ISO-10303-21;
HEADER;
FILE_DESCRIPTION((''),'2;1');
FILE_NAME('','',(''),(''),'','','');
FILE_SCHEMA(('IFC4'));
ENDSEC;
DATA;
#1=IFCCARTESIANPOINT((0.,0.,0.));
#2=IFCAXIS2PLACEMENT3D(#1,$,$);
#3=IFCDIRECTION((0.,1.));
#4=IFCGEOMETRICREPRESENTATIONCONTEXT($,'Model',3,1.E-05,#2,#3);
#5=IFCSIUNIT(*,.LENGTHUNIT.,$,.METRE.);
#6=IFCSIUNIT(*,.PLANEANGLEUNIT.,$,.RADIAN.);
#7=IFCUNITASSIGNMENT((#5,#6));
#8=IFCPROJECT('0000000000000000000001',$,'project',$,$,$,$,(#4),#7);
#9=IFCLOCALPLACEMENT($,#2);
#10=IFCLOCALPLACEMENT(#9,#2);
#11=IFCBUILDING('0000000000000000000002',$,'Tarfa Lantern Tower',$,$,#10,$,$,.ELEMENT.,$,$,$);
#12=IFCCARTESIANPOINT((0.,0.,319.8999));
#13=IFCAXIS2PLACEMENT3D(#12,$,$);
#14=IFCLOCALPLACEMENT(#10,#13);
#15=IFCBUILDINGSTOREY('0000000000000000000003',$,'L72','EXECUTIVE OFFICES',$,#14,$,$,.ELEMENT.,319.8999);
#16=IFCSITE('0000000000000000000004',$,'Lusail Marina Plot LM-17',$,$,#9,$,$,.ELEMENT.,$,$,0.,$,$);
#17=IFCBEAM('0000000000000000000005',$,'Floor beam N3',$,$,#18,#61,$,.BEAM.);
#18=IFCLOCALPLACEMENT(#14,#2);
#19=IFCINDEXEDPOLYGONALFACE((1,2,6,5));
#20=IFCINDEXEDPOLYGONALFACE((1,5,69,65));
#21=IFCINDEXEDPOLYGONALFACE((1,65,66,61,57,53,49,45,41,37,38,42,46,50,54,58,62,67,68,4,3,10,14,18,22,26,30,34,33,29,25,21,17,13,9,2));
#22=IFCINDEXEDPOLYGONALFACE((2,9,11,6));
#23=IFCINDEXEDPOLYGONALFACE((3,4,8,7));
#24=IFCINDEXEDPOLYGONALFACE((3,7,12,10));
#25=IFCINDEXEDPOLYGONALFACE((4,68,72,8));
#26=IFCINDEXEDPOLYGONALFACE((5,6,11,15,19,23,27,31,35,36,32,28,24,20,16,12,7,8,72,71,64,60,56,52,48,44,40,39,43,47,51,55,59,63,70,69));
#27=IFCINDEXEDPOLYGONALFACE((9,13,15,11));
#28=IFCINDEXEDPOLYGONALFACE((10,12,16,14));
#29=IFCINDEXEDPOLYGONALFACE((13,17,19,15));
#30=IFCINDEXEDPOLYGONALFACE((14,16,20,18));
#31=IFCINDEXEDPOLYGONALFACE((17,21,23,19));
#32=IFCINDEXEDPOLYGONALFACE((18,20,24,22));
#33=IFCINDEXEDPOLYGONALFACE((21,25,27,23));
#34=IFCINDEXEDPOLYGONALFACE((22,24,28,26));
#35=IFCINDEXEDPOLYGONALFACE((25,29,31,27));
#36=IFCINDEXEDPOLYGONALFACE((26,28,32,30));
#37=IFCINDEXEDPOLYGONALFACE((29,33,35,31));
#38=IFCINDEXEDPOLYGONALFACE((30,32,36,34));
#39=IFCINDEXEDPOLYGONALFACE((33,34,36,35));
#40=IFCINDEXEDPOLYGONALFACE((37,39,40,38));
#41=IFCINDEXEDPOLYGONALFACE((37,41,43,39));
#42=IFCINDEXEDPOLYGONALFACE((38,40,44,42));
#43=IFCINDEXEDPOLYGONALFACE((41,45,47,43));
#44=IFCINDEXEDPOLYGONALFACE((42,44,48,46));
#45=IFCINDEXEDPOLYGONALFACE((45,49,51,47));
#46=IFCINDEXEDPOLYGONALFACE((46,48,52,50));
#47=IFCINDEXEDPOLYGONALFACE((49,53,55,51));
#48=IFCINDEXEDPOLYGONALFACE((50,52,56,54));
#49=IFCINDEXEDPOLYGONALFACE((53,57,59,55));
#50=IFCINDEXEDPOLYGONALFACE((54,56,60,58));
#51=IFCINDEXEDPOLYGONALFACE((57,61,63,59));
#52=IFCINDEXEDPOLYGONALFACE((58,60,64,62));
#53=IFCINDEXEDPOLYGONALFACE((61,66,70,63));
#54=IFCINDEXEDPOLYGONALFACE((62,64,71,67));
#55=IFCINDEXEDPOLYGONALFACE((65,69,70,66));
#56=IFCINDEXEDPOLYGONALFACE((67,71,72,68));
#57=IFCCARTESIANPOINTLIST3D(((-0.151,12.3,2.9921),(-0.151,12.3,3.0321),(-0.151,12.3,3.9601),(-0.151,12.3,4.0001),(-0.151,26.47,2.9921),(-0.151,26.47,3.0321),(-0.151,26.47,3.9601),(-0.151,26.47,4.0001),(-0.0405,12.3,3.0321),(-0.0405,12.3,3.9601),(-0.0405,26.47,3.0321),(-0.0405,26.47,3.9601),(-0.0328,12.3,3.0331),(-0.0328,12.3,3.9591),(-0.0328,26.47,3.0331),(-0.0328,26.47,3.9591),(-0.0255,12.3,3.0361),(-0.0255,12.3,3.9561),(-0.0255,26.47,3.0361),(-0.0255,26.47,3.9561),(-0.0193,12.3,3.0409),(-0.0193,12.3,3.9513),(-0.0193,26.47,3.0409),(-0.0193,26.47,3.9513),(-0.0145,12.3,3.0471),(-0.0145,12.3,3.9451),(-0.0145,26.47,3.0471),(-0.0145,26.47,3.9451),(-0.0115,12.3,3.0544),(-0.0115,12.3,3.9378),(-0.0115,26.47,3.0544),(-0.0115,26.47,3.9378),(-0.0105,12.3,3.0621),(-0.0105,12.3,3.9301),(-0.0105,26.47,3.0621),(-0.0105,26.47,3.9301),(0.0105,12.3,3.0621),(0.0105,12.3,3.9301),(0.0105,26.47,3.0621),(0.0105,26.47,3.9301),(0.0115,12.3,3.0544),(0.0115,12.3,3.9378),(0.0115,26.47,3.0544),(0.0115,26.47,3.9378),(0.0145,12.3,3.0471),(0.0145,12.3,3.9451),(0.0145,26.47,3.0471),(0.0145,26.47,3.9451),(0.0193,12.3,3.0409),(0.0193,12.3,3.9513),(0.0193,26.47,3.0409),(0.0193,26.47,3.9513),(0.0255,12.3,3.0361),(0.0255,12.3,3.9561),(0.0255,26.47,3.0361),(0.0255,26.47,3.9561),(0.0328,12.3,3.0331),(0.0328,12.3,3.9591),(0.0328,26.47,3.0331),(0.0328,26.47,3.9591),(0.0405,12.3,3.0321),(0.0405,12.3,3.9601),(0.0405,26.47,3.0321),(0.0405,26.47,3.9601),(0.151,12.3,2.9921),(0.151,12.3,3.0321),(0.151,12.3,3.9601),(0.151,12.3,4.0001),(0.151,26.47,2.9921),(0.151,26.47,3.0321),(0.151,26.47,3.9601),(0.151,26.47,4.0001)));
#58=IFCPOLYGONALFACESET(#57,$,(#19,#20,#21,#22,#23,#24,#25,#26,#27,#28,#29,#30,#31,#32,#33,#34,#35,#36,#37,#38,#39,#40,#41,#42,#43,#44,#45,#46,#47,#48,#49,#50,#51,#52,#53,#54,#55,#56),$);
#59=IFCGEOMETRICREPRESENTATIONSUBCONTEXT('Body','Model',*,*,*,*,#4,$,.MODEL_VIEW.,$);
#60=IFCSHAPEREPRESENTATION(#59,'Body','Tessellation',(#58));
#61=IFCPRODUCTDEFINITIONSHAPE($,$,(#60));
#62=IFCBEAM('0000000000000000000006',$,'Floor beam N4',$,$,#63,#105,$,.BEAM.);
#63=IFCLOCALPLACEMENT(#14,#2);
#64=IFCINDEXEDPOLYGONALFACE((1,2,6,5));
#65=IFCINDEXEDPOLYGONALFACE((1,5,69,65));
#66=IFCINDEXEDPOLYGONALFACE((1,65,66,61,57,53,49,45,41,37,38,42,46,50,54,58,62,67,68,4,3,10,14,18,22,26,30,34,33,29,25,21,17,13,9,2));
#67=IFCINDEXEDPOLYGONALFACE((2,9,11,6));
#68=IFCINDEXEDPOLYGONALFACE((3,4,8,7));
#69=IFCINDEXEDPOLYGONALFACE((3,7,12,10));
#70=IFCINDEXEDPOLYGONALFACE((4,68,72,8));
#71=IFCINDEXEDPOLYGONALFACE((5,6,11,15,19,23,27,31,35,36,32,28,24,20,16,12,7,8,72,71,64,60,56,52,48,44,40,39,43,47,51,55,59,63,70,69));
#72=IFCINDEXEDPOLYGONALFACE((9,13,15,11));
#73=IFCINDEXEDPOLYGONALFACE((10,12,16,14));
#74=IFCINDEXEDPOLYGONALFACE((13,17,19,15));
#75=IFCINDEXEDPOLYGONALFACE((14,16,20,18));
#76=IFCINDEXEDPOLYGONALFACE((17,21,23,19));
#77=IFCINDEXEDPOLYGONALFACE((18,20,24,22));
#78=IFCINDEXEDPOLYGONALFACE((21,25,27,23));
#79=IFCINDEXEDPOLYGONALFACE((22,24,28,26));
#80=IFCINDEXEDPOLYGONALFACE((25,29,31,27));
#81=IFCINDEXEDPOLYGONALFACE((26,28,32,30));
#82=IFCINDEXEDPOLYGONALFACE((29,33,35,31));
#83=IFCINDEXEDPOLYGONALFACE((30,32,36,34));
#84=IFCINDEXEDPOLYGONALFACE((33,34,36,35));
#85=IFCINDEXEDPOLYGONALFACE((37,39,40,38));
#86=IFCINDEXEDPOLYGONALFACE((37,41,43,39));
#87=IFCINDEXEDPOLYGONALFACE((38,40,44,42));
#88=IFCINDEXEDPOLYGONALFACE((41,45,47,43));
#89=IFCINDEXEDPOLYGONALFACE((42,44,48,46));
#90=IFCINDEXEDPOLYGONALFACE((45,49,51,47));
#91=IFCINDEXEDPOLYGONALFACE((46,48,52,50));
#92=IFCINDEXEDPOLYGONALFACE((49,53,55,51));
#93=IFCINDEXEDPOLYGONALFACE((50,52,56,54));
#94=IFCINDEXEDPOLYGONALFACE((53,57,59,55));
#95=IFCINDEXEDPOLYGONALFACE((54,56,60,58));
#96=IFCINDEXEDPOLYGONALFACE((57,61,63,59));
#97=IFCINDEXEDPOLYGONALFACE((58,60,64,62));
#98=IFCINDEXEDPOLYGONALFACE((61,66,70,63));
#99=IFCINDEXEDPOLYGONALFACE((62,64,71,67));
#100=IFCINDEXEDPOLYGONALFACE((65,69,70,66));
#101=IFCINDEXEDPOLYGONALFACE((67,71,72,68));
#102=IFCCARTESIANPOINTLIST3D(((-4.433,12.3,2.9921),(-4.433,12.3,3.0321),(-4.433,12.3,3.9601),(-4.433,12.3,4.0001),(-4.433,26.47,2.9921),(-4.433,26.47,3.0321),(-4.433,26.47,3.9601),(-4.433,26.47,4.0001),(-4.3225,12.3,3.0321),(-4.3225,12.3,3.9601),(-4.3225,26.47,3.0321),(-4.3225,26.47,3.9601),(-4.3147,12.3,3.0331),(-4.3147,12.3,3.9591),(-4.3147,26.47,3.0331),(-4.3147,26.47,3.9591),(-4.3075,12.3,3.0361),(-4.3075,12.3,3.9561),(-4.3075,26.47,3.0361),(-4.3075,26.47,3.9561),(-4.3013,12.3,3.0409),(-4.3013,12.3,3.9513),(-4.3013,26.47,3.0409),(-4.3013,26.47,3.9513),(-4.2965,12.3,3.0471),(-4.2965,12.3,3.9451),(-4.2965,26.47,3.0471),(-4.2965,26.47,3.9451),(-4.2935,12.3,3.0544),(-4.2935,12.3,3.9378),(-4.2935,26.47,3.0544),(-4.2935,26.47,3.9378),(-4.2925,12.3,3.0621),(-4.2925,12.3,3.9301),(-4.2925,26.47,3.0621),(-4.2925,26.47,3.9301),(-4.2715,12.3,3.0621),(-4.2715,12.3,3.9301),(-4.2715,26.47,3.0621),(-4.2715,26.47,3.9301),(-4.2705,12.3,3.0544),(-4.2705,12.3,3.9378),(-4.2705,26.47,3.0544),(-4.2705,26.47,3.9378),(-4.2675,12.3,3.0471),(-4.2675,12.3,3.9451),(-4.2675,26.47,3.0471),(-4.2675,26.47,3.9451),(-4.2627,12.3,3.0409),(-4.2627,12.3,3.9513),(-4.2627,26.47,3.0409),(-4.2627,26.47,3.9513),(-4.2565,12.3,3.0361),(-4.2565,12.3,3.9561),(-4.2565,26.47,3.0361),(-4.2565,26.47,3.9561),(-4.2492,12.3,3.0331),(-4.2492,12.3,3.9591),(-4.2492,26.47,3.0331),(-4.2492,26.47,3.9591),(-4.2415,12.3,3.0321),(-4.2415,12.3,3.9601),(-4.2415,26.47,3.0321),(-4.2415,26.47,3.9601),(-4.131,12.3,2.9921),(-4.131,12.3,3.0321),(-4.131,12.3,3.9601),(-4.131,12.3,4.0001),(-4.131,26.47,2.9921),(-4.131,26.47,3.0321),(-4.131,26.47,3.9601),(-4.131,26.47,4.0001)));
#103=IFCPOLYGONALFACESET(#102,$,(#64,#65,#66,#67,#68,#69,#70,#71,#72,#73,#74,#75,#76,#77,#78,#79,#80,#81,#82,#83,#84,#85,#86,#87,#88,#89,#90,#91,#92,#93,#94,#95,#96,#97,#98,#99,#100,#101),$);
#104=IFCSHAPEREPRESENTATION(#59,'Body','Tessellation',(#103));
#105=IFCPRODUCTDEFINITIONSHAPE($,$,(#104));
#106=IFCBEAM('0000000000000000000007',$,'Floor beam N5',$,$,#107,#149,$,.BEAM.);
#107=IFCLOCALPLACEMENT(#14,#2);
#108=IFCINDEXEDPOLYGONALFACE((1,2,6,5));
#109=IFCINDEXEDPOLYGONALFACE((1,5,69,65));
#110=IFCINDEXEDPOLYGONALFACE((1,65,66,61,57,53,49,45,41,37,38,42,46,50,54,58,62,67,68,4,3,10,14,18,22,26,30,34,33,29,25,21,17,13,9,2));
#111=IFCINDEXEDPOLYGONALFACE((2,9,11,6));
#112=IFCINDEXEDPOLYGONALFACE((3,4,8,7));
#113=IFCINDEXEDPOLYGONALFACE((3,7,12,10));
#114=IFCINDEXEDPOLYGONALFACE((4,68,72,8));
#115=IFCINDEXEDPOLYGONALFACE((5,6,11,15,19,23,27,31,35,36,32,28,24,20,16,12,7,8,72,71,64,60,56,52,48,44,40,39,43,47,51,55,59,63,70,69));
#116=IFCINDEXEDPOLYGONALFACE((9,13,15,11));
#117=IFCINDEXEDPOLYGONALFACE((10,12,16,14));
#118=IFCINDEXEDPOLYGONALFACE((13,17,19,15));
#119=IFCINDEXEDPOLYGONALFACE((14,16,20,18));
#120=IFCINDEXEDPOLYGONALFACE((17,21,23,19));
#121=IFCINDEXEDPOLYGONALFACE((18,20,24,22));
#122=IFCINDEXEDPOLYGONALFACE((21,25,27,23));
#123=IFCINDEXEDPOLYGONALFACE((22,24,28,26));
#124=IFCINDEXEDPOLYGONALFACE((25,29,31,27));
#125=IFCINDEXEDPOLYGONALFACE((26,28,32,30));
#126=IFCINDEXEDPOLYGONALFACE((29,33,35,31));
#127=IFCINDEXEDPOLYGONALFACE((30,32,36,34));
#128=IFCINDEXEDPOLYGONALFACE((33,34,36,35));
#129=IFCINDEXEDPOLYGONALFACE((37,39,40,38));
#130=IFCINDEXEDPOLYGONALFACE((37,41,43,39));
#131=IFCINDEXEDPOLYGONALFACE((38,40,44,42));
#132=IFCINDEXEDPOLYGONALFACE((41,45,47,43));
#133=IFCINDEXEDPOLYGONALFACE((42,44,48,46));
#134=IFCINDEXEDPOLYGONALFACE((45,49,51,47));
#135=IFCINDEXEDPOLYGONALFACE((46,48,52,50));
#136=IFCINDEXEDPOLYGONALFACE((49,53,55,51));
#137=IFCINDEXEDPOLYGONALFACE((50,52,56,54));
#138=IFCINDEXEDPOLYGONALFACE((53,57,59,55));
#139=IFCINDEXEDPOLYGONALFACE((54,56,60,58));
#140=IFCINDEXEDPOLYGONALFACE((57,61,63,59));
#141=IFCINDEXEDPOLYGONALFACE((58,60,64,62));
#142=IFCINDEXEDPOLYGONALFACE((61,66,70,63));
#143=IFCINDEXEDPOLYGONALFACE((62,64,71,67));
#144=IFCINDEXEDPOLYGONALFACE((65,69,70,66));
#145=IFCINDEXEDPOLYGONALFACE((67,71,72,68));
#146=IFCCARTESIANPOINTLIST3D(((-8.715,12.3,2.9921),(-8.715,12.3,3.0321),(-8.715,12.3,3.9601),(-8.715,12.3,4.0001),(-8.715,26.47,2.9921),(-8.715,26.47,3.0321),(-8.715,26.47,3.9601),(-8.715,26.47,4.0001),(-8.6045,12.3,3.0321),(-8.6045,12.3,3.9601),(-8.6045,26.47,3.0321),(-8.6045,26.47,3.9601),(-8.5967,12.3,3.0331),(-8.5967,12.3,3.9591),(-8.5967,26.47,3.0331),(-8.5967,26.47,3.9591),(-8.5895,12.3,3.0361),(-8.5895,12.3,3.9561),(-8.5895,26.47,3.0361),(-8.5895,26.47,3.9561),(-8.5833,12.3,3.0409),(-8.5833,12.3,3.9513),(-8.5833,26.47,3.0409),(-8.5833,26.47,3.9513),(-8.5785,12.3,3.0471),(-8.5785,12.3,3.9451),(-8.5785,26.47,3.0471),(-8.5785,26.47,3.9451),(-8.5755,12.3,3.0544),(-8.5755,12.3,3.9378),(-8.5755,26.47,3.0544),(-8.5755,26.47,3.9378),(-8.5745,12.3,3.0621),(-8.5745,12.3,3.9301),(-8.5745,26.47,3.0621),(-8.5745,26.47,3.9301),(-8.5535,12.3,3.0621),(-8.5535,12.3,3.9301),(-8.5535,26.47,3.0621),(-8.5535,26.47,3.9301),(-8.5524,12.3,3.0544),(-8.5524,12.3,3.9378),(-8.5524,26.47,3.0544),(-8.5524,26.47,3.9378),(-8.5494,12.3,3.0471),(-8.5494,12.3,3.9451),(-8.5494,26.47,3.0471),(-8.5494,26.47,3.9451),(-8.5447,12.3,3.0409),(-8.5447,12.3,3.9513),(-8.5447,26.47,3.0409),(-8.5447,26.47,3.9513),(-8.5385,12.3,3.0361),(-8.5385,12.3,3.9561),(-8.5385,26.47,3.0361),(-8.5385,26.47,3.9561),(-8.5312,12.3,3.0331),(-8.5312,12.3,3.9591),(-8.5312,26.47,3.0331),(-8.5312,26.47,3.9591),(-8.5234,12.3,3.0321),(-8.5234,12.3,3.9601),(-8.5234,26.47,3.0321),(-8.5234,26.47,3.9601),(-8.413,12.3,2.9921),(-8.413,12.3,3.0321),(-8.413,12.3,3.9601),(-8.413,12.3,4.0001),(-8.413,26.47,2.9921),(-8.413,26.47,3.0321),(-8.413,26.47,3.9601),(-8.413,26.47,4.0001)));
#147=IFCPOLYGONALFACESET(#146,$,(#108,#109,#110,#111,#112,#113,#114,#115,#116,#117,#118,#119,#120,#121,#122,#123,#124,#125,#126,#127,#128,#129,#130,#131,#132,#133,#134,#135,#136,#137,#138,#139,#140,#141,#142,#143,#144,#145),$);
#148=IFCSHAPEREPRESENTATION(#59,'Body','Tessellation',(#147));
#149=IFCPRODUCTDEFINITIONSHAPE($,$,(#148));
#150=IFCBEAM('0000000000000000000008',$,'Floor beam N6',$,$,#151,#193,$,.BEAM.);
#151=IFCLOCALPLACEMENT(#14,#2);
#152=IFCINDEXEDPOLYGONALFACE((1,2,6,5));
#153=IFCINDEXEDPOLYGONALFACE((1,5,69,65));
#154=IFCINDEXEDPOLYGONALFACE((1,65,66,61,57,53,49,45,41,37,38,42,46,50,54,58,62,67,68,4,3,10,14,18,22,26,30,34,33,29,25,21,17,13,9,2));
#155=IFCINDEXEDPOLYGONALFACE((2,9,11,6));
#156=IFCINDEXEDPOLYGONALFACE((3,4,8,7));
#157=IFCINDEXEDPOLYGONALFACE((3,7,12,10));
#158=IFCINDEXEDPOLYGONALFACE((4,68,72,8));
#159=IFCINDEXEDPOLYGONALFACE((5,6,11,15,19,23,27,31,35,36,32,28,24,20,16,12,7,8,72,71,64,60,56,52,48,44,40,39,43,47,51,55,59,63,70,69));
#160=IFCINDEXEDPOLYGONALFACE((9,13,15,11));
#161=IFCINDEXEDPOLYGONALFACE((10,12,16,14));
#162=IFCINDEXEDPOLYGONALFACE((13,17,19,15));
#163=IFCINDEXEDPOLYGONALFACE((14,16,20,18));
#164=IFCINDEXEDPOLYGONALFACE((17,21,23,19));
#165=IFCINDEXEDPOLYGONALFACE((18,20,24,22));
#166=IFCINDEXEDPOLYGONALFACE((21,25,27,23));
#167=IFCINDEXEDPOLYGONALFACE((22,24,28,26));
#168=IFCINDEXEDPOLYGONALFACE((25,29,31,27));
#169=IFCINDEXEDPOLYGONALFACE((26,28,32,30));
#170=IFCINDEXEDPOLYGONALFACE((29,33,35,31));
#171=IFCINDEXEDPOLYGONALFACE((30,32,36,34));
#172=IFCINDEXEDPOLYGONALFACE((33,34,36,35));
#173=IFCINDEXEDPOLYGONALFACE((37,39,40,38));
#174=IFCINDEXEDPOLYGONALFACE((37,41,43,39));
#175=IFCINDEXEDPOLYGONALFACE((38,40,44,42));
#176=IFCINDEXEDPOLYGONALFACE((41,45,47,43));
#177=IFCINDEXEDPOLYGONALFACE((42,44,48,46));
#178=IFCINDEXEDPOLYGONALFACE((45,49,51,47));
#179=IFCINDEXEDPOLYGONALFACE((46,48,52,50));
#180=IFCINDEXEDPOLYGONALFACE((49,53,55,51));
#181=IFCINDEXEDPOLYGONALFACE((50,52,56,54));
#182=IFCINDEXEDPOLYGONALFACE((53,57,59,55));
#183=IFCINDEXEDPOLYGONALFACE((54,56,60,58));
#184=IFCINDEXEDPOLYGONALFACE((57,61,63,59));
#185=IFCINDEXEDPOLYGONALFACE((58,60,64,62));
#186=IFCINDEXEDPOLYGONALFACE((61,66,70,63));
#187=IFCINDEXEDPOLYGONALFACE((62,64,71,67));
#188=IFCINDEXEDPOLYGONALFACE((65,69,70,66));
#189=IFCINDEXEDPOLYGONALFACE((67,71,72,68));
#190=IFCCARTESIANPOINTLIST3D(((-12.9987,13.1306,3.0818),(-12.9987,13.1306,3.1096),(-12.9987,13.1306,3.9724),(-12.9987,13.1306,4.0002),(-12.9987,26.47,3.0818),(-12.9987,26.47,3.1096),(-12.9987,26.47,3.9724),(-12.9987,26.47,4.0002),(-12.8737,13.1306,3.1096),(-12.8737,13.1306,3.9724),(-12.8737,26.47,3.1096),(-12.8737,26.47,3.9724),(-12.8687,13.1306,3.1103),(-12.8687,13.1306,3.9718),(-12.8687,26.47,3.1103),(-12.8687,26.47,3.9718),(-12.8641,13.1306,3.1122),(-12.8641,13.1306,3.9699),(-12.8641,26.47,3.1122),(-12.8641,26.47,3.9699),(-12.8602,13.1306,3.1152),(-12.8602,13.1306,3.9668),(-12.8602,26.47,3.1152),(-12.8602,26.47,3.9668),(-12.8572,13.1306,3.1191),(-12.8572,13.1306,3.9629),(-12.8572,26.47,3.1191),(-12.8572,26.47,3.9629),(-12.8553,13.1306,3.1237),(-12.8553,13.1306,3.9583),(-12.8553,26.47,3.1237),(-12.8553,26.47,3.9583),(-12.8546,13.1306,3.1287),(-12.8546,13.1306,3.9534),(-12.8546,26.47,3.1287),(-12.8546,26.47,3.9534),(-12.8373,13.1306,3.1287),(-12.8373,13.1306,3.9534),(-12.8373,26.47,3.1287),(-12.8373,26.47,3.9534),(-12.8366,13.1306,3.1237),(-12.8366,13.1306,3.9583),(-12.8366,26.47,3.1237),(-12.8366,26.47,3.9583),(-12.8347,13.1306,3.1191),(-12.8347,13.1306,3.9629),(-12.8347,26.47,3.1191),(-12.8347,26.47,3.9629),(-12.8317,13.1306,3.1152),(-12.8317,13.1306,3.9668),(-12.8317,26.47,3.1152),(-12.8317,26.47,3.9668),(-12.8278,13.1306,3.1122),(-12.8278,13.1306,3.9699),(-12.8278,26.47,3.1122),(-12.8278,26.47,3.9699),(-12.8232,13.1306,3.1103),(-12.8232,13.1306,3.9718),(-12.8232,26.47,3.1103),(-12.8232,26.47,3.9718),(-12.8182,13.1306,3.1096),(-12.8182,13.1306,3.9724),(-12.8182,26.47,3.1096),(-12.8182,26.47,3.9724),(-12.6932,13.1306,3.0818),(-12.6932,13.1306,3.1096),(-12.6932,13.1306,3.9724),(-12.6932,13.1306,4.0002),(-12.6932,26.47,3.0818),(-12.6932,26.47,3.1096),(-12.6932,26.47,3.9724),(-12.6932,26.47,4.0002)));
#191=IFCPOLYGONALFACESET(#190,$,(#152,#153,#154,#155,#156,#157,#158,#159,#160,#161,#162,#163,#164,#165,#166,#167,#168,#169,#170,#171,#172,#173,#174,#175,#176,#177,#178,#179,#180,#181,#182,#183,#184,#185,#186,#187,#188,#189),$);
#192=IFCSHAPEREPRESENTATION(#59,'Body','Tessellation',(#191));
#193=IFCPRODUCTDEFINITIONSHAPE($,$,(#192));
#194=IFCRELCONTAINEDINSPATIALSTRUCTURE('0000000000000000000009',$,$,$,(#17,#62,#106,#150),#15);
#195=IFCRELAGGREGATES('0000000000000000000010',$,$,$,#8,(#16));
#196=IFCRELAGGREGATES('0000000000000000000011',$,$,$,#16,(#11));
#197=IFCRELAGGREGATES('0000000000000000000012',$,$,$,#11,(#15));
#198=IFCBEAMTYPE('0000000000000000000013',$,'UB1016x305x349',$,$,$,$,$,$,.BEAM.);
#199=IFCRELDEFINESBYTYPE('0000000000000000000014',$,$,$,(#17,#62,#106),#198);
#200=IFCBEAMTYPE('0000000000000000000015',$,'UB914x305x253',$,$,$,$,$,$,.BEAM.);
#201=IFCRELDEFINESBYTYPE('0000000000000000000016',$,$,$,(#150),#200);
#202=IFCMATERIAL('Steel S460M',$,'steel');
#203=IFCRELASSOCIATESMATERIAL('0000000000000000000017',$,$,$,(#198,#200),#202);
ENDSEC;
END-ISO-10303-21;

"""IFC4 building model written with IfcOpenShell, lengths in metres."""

from ifc_helpers import new_model, si_unit, direction, frame, origin, origin_2d, place, context, subcontext, project, spatial, i_section, extrude, material, material_profile, profile_set, type_object, element, save


model = new_model("IFC4")

# Units and contexts
model_context = context("Model", 3, precision=1e-05, world=origin(), true_north=direction((0.0, 1.0)))
body_context = subcontext(model_context, "Body", "Model", "MODEL_VIEW")
ifc_project = project(units=[si_unit("LENGTHUNIT", "METRE"), si_unit("PLANEANGLEUNIT", "RADIAN")], contexts=[model_context])

# Site, building, storey
site_placement = place(None, origin())
site = spatial("IfcSite", under=ifc_project, at=site_placement, Name="Lusail Marina Plot LM-17", CompositionType="ELEMENT", RefElevation=0.0)
building_placement = place(site_placement, origin())
building = spatial("IfcBuilding", under=site, at=building_placement, Name="Tarfa Lantern Tower", CompositionType="ELEMENT")
storey_placement = place(building_placement, frame((0.0, 0.0, 319.8999)))
storey = spatial("IfcBuildingStorey", under=building, at=storey_placement, Name="L72", Description="EXECUTIVE OFFICES", CompositionType="ELEMENT", Elevation=319.8999)

# Beams
ifc_material_1 = material(Name="Steel S460M", Category="steel")
ifc_material_profile_1 = material_profile(ifc_material_1, i_section(OverallWidth=0.302, OverallDepth=1.0081, WebThickness=0.021, FlangeThickness=0.04, FilletRadius=0.03, at=origin_2d()), Name="UB1016x305x349")
ifc_profile_set_1 = profile_set([ifc_material_profile_1], Name="Steel S460M")
beam_type_1 = type_object("IfcBeamType", Name="UB1016x305x349", PredefinedType="BEAM", material=ifc_profile_set_1)
for number, where, z_axis, x_axis, name in (
    (1, (0.0, 26.47, 3.4961), (0.0, -1.0, 0.0), (1.0, 0.0, 0.0), "Floor beam N3"),
    (2, (-4.282, 26.47, 3.4961), (0.0, -1.0, 0.0), (1.0, 0.0, 0.0), "Floor beam N4"),
    (3, (-8.564, 26.47, 3.4961), (0.0, -1.0, 0.0), (1.0, 0.0, 0.0), "Floor beam N5"),
):
    element("IfcBeam", number, at=place(storey_placement, frame(where, z_axis=z_axis, x_axis=x_axis)), inside=storey, type_object=beam_type_1, Name=name, PredefinedType="BEAM", context=body_context, shape_type="SweptSolid", body=[
        extrude(i_section(OverallWidth=0.302, OverallDepth=1.0081, WebThickness=0.021, FlangeThickness=0.04, FilletRadius=0.03, at=origin_2d()), origin(), (0.0, 0.0, 1.0), 14.1699),
    ])
ifc_material_profile_2 = material_profile(ifc_material_1, i_section(OverallWidth=0.3054, OverallDepth=0.9185, WebThickness=0.0173, FlangeThickness=0.0278, FilletRadius=0.019, at=origin_2d()), Name="UB914x305x253")
ifc_profile_set_2 = profile_set([ifc_material_profile_2], Name="Steel S460M")
beam_type_2 = type_object("IfcBeamType", Name="UB914x305x253", PredefinedType="BEAM", material=ifc_profile_set_2)
beam_1_placement = place(storey_placement, frame((-12.8459, 26.47, 3.541), z_axis=(0.0, -1.0, 0.0), x_axis=(1.0, 0.0, 0.0)))
element("IfcBeam", 4, at=beam_1_placement, inside=storey, type_object=beam_type_2, Name="Floor beam N6", PredefinedType="BEAM", context=body_context, shape_type="SweptSolid", body=[
    extrude(i_section(OverallWidth=0.3054, OverallDepth=0.9185, WebThickness=0.0173, FlangeThickness=0.0278, FilletRadius=0.019, at=origin_2d()), origin(), (0.0, 0.0, 1.0), 13.3394),
])

save(model, "model.ifc")
